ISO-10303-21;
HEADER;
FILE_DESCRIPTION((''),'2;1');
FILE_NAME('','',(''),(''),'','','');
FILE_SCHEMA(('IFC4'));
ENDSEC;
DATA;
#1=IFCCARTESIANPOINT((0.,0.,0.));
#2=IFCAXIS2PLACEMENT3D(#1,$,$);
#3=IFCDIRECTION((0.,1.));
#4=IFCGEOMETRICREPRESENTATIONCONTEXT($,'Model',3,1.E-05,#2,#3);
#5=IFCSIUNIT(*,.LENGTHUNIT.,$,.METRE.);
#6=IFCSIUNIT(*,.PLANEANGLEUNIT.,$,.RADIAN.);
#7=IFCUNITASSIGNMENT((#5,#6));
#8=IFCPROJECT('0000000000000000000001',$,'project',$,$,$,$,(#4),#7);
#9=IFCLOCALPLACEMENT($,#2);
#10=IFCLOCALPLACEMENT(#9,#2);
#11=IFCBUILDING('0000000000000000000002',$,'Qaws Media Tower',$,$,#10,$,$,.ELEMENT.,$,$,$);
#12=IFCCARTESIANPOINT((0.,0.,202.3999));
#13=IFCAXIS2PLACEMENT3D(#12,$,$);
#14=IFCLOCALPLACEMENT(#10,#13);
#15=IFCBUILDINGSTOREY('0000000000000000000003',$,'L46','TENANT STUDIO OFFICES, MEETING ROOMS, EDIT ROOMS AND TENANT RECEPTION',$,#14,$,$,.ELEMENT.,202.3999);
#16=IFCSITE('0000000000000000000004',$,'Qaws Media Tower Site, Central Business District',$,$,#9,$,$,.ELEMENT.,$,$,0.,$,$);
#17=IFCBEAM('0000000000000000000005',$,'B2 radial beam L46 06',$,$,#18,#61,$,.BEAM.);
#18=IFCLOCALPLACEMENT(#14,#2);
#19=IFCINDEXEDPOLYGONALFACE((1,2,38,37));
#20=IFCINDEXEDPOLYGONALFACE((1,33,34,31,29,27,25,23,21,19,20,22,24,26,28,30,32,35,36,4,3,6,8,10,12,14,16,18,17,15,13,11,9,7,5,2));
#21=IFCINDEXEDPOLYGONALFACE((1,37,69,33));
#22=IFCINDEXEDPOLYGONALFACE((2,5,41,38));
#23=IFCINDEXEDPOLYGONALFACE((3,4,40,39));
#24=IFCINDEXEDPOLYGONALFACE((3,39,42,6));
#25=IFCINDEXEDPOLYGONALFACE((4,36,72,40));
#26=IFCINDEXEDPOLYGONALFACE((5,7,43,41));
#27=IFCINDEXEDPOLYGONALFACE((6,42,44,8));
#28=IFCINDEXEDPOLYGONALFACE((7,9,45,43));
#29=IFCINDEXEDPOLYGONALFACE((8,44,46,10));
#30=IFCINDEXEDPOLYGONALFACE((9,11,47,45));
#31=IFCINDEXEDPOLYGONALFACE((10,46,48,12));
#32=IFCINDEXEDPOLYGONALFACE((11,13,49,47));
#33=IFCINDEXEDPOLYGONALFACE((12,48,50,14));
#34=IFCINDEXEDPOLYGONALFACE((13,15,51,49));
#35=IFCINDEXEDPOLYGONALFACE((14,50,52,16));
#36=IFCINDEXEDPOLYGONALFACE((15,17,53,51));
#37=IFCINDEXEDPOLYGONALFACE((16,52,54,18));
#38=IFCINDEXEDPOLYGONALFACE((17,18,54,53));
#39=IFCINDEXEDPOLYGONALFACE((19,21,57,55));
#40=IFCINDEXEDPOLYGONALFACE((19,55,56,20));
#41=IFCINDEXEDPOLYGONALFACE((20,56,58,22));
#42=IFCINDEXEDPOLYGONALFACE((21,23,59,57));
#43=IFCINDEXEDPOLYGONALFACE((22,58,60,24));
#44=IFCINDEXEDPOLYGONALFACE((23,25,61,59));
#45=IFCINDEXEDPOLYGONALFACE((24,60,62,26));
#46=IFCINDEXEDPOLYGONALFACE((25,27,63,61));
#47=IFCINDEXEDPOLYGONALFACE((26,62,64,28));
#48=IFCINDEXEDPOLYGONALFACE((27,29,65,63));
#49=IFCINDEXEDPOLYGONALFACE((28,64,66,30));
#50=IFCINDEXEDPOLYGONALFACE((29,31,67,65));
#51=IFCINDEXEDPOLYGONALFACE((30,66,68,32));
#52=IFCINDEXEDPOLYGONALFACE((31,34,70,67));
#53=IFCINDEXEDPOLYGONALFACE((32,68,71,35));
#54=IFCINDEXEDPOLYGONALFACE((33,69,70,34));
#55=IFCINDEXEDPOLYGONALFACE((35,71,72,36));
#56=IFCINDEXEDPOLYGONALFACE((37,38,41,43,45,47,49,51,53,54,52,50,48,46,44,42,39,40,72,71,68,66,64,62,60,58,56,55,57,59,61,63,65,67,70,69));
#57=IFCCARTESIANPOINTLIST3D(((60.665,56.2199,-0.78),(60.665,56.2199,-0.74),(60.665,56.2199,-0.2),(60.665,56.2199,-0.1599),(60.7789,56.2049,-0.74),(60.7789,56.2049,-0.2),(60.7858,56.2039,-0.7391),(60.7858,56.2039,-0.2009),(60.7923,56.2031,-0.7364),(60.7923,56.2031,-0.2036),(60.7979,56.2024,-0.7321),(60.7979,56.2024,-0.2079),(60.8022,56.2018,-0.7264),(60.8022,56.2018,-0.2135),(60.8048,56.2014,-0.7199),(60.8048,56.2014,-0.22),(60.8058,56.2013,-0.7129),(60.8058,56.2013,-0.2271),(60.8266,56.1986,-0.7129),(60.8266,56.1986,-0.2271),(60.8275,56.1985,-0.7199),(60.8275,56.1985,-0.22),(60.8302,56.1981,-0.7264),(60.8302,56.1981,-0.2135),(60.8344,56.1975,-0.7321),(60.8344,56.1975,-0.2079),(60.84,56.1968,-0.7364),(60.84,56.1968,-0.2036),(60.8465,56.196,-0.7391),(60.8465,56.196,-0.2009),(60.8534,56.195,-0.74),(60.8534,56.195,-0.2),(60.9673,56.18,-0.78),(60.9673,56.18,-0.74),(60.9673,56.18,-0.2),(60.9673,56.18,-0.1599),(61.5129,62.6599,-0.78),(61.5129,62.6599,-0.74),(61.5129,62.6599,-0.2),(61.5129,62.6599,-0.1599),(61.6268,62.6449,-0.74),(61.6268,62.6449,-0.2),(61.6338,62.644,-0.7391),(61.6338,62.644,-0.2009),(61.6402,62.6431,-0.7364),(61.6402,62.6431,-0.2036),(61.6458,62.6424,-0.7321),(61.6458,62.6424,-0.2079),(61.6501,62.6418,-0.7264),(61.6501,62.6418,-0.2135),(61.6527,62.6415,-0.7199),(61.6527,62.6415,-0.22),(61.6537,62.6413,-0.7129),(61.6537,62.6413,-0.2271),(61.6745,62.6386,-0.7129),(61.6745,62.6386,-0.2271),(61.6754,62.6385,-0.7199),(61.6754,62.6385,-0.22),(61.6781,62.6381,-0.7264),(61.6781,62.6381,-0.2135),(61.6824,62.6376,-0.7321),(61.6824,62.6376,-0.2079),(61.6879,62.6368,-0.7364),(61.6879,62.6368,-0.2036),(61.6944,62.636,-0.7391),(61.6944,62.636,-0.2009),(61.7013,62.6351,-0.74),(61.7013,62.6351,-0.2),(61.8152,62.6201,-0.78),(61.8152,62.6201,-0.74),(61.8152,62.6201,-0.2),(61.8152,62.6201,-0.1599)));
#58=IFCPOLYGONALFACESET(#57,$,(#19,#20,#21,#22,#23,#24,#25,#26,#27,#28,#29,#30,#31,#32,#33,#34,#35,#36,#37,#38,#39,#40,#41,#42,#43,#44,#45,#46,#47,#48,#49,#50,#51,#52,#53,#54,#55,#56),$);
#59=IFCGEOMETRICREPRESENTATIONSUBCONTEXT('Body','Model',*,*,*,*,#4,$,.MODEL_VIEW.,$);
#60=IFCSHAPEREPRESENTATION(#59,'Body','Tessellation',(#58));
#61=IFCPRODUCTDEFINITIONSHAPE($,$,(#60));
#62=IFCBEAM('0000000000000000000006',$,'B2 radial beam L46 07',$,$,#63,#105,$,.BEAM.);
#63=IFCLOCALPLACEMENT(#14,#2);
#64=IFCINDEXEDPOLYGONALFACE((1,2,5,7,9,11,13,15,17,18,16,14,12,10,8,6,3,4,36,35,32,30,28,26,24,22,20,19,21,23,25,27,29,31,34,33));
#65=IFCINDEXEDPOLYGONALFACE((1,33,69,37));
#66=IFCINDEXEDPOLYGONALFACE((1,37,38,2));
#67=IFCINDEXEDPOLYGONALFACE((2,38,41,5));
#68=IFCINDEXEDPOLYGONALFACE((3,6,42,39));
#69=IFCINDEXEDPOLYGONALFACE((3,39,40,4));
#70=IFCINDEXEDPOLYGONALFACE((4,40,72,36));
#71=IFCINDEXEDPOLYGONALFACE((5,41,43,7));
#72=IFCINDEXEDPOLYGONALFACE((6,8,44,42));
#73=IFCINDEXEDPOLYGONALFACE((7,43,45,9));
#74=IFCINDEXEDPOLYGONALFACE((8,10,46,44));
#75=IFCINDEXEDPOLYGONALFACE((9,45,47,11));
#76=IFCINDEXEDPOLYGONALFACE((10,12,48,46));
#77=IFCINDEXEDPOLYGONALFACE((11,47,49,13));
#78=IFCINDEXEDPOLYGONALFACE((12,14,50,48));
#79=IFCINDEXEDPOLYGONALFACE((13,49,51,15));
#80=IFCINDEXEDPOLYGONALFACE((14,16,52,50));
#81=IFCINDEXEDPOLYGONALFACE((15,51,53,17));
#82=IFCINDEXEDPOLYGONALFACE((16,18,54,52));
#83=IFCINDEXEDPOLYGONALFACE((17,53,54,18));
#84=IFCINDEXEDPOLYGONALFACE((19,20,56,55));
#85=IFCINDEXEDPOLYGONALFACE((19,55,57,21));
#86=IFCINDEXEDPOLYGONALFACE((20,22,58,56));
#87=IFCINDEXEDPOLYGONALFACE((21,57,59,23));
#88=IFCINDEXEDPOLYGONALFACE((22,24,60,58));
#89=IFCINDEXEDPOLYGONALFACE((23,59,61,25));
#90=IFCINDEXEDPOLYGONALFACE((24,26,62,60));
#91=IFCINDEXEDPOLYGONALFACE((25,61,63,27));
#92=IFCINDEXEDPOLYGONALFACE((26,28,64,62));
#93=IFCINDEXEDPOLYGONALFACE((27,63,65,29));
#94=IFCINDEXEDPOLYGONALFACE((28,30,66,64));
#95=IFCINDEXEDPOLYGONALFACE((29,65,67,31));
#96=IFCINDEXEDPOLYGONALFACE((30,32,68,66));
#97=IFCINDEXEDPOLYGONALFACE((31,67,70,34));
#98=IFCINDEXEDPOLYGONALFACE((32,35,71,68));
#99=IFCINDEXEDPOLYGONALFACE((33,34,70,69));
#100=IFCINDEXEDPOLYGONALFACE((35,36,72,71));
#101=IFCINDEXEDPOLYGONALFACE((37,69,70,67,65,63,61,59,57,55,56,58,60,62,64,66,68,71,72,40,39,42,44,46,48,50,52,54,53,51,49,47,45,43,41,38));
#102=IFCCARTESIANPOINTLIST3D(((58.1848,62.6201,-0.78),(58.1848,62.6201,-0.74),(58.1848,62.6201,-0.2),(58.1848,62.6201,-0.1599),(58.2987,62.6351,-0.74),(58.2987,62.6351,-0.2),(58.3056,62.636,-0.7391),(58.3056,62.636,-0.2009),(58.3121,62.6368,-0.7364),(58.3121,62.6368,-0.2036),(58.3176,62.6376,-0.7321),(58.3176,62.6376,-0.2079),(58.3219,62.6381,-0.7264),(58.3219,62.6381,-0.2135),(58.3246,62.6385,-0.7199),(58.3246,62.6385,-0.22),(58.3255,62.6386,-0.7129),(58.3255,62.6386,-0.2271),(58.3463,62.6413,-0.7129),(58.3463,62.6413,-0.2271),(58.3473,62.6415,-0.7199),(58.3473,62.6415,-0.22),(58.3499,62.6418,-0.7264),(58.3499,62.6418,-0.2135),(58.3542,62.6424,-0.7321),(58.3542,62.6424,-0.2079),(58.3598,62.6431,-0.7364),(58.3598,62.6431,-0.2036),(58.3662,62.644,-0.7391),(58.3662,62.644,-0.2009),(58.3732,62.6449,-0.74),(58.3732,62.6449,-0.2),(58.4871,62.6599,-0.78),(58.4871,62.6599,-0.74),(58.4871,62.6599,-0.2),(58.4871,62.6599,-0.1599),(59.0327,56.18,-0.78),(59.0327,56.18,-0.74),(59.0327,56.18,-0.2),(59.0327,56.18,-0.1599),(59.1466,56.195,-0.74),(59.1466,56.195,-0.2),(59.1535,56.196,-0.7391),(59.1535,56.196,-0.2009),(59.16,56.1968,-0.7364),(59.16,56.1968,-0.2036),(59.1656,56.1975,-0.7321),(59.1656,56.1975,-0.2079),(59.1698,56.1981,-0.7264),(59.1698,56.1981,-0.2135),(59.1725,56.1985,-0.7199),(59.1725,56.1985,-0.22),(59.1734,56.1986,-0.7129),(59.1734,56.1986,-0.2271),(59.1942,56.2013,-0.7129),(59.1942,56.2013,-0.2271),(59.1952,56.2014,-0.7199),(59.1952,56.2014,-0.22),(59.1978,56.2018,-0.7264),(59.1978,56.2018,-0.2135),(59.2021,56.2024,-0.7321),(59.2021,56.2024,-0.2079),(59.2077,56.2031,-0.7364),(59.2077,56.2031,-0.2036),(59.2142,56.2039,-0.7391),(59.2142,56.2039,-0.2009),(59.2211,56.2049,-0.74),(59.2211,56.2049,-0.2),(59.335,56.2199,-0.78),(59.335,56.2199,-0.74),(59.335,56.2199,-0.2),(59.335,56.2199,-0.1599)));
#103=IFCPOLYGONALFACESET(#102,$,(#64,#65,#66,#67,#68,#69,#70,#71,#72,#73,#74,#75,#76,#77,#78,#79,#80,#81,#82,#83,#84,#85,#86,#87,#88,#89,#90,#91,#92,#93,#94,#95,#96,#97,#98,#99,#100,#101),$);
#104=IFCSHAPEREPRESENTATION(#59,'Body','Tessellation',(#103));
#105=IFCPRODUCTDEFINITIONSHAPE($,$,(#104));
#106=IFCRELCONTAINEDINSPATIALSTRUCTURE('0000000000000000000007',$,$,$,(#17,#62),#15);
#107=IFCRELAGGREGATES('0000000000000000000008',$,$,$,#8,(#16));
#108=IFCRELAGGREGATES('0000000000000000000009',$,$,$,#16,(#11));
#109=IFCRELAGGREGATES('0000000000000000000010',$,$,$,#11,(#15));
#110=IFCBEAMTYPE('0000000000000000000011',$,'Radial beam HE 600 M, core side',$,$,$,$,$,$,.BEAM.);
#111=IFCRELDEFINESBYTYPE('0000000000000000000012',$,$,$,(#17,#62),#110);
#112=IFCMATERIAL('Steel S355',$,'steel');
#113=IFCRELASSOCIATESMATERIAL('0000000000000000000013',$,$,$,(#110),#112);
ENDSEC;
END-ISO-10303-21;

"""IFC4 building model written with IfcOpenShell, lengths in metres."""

from ifc_helpers import new_model, si_unit, direction, frame, origin, origin_2d, place, context, subcontext, project, spatial, i_section, extrude, material, material_profile, profile_set, type_object, element, save


model = new_model("IFC4")

# Units and contexts
model_context = context("Model", 3, precision=1e-05, world=origin(), true_north=direction((0.0, 1.0)))
body_context = subcontext(model_context, "Body", "Model", "MODEL_VIEW")
ifc_project = project(units=[si_unit("LENGTHUNIT", "METRE"), si_unit("PLANEANGLEUNIT", "RADIAN")], contexts=[model_context])

# Site, building, storey
site_placement = place(None, origin())
site = spatial("IfcSite", under=ifc_project, at=site_placement, Name="Qaws Media Tower Site, Central Business District", CompositionType="ELEMENT", RefElevation=0.0)
building_placement = place(site_placement, origin())
building = spatial("IfcBuilding", under=site, at=building_placement, Name="Qaws Media Tower", CompositionType="ELEMENT")
storey_placement = place(building_placement, frame((0.0, 0.0, 202.3999)))
storey = spatial("IfcBuildingStorey", under=building, at=storey_placement, Name="L46", Description="TENANT STUDIO OFFICES, MEETING ROOMS, EDIT ROOMS AND TENANT RECEPTION", CompositionType="ELEMENT", Elevation=202.3999)

# Beams
ifc_material_1 = material(Name="Steel S355", Category="steel")
ifc_material_profile_1 = material_profile(ifc_material_1, i_section(OverallWidth=0.3049, OverallDepth=0.6201, WebThickness=0.021, FlangeThickness=0.04, FilletRadius=0.0271, at=origin_2d()), Name="HE 600 M")
ifc_profile_set_1 = profile_set([ifc_material_profile_1], Name="Steel S355")
beam_type_1 = type_object("IfcBeamType", Name="Radial beam HE 600 M, core side", PredefinedType="BEAM", material=ifc_profile_set_1)
for number, where, z_axis, x_axis, name in (
    (1, (60.8162, 56.2, -0.47), (0.130536, 0.991444, 0.0), (-0.991444, 0.130536, 0.0), "B2 radial beam L46 06"),
    (2, (59.1838, 56.2, -0.47), (-0.130536, 0.991444, 0.0), (-0.991444, -0.130536, 0.0), "B2 radial beam L46 07"),
):
    element("IfcBeam", number, at=place(storey_placement, frame(where, z_axis=z_axis, x_axis=x_axis)), inside=storey, type_object=beam_type_1, Name=name, PredefinedType="BEAM", context=body_context, shape_type="SweptSolid", body=[
        extrude(i_section(OverallWidth=0.3049, OverallDepth=0.6201, WebThickness=0.021, FlangeThickness=0.04, FilletRadius=0.0271, at=origin_2d()), origin(), (0.0, 0.0, 1.0), 6.4956),
    ])

save(model, "model.ifc")
